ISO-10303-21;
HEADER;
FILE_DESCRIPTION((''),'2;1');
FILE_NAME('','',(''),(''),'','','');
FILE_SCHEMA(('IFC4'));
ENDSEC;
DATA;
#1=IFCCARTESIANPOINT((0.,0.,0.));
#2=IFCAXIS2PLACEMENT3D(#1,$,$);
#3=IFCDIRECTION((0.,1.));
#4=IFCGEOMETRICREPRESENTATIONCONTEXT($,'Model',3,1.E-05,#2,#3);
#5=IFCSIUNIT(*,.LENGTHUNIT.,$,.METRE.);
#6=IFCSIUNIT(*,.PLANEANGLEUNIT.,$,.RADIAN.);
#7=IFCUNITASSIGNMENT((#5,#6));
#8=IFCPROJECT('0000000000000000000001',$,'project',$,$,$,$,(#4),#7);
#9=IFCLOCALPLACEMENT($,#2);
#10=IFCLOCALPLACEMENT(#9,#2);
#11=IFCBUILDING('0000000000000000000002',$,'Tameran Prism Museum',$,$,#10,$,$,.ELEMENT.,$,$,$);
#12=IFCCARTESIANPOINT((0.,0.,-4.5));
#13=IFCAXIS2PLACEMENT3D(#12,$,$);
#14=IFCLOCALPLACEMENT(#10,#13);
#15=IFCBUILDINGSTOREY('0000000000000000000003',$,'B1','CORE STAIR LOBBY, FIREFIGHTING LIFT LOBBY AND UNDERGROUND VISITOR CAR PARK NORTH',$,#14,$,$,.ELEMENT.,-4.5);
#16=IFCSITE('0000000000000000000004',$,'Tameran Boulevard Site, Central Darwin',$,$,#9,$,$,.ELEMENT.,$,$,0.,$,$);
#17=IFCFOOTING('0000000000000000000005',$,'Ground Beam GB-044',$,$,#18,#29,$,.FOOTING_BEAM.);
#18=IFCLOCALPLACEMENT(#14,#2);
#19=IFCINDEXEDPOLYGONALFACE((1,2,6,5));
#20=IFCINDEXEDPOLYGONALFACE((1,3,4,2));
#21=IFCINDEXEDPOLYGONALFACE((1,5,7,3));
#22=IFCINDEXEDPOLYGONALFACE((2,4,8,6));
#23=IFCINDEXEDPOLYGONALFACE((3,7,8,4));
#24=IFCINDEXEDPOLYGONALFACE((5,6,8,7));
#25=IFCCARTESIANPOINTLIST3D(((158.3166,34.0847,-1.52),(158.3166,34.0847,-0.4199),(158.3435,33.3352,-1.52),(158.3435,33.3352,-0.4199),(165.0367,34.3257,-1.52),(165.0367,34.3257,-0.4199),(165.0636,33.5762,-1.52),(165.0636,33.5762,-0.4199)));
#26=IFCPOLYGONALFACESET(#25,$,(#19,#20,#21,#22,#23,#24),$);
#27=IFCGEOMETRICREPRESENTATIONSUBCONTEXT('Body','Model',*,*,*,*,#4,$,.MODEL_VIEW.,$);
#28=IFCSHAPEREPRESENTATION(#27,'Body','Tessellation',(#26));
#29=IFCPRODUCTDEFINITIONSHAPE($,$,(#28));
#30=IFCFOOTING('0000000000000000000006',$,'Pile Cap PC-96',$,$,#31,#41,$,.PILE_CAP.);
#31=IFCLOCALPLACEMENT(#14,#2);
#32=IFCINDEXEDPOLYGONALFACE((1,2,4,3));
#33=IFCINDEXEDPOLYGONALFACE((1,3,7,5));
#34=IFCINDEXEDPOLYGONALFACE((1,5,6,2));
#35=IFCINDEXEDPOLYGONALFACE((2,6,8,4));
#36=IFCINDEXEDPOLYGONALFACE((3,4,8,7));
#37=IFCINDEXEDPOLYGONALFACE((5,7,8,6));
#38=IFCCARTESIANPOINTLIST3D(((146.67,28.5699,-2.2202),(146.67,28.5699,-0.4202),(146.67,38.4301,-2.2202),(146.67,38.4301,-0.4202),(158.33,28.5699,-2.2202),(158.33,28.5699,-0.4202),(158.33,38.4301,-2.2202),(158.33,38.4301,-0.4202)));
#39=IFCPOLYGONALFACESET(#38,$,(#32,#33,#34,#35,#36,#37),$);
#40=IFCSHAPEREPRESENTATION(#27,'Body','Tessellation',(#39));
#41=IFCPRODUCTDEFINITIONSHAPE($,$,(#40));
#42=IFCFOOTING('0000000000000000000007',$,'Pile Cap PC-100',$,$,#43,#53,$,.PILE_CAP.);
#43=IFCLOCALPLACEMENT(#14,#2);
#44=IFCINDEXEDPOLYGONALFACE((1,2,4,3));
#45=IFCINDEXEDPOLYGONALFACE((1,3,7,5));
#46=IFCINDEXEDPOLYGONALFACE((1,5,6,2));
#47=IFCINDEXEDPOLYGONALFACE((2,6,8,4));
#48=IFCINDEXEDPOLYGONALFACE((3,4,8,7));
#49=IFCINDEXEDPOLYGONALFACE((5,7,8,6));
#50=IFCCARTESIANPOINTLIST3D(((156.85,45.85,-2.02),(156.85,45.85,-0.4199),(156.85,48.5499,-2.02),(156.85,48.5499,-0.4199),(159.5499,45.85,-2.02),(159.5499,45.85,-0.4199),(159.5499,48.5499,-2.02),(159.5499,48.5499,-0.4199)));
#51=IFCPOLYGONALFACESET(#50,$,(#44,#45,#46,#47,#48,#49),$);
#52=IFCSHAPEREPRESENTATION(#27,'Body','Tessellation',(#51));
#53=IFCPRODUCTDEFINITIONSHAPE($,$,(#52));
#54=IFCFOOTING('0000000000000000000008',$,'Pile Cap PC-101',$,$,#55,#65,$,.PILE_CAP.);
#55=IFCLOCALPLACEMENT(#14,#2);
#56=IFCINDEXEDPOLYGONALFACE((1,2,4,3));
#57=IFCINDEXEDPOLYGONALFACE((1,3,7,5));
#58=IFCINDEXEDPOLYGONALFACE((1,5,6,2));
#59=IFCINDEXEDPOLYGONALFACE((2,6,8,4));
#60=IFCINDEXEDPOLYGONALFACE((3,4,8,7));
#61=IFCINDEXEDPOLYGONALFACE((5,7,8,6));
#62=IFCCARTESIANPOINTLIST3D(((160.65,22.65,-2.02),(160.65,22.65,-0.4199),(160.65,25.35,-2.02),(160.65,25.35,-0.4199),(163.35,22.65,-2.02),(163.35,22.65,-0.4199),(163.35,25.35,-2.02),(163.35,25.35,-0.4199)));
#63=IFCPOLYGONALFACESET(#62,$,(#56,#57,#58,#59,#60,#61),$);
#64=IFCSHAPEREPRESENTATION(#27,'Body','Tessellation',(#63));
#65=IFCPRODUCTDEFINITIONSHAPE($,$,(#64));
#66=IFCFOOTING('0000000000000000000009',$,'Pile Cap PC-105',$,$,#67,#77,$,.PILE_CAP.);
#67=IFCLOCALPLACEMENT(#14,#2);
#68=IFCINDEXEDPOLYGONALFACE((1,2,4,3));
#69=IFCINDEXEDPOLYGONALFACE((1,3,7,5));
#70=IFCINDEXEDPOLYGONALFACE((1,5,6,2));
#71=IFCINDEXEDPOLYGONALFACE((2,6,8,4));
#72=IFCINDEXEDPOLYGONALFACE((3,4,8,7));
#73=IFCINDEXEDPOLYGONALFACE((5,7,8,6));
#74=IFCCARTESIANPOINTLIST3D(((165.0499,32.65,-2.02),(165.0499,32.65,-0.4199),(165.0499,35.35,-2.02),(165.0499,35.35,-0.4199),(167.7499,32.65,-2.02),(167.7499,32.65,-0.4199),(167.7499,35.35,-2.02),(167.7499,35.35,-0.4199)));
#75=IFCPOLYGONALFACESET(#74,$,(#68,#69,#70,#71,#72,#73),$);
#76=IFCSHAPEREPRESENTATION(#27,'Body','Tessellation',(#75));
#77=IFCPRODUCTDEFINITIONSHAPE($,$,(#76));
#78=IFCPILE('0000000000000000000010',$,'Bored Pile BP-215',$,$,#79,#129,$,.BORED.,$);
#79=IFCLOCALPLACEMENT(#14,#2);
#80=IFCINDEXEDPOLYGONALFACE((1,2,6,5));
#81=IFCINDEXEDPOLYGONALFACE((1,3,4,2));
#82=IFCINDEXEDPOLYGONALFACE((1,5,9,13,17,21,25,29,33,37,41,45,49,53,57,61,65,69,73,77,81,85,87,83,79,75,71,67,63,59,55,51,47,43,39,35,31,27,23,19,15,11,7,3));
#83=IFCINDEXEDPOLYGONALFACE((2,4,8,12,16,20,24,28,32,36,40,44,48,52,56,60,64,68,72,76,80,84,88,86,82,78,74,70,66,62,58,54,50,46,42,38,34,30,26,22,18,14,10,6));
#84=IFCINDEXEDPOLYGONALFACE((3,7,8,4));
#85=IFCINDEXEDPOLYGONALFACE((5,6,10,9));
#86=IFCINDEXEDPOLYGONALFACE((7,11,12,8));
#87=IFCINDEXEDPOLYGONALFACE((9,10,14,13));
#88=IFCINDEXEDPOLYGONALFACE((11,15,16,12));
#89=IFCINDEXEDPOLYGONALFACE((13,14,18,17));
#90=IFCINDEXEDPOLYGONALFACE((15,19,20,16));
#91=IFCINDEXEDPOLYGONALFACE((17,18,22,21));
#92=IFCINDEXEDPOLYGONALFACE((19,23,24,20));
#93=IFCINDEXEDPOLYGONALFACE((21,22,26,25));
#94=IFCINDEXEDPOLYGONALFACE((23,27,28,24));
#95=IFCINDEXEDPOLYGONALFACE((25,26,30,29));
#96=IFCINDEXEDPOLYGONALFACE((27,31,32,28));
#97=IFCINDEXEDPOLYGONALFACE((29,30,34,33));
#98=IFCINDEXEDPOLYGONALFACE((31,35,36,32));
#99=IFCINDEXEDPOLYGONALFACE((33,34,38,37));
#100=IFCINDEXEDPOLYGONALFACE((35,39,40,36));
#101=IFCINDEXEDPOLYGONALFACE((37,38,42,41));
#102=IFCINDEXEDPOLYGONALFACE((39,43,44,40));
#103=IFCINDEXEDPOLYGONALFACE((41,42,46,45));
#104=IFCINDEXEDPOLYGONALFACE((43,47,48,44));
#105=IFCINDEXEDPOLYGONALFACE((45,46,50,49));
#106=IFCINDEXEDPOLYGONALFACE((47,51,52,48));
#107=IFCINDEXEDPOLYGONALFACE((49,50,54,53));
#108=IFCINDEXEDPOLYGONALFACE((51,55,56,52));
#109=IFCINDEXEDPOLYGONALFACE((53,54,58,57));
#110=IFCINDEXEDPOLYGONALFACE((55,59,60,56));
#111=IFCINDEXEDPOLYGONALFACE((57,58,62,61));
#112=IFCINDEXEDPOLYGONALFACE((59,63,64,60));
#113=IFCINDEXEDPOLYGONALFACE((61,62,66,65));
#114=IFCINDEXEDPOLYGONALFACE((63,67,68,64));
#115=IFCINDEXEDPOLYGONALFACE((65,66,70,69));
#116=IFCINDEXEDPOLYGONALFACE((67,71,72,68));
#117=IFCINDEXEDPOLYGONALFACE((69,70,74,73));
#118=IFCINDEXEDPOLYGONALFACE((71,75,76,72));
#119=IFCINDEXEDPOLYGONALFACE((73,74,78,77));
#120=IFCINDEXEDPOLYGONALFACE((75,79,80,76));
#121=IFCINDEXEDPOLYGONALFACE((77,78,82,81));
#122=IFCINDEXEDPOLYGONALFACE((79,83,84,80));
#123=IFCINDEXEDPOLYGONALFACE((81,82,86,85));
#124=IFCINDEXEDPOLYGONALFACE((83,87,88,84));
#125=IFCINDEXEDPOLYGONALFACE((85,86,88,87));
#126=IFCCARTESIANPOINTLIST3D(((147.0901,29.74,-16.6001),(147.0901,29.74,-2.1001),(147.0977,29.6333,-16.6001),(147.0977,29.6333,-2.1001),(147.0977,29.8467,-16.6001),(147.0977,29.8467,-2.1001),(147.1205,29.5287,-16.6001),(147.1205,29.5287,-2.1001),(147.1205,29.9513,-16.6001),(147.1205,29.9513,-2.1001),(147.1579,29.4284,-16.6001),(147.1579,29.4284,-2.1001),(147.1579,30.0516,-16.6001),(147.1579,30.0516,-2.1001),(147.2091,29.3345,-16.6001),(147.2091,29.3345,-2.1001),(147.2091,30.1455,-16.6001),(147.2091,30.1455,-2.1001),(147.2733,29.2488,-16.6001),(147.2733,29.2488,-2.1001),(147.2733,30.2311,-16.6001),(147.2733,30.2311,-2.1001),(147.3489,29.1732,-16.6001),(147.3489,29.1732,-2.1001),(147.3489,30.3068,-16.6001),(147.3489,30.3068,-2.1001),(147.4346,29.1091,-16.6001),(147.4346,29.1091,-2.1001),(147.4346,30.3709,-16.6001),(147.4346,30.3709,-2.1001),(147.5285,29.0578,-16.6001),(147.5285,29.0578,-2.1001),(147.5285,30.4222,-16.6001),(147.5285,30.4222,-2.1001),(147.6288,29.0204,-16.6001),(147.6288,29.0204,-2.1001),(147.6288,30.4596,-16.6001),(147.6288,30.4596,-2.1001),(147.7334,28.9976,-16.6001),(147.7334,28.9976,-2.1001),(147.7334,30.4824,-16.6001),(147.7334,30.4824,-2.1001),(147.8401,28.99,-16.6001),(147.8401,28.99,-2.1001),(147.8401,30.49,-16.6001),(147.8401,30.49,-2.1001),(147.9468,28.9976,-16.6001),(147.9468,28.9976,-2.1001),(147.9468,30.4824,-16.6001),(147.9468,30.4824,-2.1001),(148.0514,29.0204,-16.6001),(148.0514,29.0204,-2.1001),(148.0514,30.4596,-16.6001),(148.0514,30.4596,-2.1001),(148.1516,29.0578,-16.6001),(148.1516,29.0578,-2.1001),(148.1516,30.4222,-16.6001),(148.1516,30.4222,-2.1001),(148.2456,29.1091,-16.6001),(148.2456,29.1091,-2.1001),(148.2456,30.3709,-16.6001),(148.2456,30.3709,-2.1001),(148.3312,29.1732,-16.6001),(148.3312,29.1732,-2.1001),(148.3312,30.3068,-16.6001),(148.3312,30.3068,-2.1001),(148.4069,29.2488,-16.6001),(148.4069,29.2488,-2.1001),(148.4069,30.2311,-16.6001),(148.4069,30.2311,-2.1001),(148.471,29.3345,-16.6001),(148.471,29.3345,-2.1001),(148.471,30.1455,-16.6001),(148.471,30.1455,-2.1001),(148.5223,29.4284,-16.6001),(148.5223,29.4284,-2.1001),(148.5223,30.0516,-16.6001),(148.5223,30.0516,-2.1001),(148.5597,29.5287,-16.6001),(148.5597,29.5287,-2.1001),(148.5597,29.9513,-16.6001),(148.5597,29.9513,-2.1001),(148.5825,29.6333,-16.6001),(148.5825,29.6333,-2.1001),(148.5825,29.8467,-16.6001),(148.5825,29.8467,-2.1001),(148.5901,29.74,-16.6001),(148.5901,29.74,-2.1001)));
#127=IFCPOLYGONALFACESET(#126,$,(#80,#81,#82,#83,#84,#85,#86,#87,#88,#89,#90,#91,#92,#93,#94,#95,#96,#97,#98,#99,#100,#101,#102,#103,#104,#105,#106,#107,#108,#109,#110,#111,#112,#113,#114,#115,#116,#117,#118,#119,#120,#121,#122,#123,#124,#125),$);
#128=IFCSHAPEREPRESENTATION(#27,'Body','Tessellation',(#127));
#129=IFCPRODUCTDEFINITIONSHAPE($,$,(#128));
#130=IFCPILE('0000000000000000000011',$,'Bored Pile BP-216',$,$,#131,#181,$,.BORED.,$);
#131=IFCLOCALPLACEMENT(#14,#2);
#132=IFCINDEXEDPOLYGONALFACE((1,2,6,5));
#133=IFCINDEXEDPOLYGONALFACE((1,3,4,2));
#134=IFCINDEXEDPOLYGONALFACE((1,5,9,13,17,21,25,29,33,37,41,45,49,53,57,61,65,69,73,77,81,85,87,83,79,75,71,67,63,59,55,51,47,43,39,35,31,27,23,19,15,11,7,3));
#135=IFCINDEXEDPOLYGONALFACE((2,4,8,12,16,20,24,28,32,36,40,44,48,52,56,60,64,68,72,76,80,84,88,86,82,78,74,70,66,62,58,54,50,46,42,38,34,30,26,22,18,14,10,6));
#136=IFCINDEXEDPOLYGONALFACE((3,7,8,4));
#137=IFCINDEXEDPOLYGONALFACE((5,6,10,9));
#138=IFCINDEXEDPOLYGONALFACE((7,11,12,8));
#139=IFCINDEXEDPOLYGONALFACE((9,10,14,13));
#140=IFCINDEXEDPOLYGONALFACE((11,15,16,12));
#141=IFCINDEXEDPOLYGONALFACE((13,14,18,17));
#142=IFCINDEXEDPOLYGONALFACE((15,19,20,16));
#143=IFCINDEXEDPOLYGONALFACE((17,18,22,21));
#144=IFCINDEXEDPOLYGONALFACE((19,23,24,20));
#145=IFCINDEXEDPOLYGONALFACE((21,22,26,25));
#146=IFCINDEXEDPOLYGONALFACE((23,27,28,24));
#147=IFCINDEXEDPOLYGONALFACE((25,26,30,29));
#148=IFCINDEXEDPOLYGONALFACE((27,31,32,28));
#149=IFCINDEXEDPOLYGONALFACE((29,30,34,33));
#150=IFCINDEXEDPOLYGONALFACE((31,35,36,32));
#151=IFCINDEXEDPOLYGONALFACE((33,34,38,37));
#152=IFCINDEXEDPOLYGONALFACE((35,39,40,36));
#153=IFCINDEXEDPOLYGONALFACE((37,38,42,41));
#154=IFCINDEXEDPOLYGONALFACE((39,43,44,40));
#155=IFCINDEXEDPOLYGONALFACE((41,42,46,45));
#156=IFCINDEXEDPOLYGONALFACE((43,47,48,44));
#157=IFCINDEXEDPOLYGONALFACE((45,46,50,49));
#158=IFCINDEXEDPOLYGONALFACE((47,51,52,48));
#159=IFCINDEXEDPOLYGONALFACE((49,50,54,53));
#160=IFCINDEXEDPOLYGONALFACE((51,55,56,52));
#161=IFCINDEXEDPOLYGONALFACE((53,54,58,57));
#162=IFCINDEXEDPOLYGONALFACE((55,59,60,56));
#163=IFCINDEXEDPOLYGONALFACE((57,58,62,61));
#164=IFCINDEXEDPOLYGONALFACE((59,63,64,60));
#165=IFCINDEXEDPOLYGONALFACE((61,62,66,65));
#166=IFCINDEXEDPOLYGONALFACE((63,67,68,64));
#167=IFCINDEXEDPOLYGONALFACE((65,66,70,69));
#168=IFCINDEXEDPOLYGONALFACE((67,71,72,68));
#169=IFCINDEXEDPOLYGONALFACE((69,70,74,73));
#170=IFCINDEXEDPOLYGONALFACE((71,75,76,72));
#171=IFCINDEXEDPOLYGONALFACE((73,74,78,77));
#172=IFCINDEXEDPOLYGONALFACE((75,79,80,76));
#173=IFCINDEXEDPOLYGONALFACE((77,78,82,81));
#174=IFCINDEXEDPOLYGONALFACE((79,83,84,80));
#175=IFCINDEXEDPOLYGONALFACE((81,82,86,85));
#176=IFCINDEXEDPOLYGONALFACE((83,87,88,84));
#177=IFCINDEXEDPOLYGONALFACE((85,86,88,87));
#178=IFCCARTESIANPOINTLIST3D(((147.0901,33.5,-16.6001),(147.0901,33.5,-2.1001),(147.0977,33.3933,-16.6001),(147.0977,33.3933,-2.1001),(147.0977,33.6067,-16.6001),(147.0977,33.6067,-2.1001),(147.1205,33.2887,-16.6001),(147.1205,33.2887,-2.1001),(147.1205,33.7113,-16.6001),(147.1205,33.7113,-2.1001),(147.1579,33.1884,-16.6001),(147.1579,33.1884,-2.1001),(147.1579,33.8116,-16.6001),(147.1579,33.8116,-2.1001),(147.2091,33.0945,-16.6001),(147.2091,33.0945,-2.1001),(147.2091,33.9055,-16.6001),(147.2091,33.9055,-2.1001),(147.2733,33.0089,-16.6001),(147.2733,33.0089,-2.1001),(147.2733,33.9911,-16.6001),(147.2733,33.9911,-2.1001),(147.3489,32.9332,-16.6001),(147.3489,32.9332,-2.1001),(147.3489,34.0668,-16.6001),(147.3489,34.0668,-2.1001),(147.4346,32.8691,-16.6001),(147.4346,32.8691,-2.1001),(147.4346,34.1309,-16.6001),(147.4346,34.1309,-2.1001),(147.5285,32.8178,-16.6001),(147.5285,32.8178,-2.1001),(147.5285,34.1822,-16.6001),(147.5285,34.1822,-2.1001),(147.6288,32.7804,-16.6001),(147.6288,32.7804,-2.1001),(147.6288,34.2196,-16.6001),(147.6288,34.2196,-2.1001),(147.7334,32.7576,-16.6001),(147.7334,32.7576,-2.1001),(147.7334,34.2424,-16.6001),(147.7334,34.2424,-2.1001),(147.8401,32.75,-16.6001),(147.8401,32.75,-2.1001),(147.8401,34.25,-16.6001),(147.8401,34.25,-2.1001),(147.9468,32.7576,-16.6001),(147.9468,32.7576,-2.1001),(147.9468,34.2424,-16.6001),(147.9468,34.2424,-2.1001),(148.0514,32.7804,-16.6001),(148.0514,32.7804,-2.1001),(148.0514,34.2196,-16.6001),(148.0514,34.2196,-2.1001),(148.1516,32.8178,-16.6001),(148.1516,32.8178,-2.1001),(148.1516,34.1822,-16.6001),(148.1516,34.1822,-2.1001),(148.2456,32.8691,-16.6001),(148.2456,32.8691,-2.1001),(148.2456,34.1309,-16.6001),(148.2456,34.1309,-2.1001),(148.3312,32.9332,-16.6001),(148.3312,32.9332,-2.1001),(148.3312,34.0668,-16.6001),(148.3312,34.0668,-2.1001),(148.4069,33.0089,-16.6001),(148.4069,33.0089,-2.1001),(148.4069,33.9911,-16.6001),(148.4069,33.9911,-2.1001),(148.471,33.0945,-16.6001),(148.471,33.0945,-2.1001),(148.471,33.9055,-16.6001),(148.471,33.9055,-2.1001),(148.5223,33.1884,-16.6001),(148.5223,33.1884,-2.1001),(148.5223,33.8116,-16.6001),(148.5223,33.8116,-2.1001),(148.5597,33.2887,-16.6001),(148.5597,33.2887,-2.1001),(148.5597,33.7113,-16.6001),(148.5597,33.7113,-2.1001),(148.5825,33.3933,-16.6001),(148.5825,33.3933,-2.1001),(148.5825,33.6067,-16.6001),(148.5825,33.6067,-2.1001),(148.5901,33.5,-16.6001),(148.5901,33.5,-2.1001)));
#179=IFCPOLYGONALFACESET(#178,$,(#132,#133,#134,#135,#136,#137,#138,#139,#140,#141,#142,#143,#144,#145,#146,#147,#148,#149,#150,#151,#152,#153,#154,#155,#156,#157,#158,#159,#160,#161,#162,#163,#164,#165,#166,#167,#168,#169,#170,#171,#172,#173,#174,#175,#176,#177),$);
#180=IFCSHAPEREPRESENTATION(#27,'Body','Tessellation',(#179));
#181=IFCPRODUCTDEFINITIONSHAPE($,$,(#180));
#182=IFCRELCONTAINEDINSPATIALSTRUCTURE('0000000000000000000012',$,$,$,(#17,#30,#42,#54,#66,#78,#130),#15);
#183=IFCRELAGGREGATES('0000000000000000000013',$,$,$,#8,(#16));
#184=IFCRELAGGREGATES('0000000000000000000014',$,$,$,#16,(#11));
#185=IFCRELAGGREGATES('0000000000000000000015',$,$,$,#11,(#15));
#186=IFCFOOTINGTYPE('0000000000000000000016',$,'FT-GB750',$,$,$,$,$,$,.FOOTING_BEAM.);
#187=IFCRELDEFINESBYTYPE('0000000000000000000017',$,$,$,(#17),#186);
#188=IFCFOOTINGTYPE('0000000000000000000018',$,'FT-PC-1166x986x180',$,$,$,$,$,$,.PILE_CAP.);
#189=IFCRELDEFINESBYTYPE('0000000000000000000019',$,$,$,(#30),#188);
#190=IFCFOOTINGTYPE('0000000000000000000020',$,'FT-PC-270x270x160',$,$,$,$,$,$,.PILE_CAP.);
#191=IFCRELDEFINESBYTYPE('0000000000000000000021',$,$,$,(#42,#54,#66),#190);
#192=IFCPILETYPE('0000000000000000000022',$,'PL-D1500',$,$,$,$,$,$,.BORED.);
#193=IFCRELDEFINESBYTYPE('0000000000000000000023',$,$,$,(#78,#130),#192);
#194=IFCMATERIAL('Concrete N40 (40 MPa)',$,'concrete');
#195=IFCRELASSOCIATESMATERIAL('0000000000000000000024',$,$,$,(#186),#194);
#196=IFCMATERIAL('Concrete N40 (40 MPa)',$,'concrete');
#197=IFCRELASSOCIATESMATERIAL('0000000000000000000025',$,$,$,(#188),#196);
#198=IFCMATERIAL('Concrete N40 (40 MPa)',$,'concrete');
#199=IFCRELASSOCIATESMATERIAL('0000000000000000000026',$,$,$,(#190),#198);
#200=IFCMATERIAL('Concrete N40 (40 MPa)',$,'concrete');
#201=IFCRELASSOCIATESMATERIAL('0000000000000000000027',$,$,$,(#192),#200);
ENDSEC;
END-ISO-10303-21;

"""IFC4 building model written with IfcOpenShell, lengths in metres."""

from ifc_helpers import new_model, si_unit, direction, frame, origin, origin_2d, place, context, subcontext, project, spatial, rectangle, circle, extrude, material, material_profile, profile_set, type_object, element, save


model = new_model("IFC4")

# Units and contexts
model_context = context("Model", 3, precision=1e-05, world=origin(), true_north=direction((0.0, 1.0)))
body_context = subcontext(model_context, "Body", "Model", "MODEL_VIEW")
ifc_project = project(units=[si_unit("LENGTHUNIT", "METRE"), si_unit("PLANEANGLEUNIT", "RADIAN")], contexts=[model_context])

# Site, building, storey
site_placement = place(None, origin())
site = spatial("IfcSite", under=ifc_project, at=site_placement, Name="Tameran Boulevard Site, Central Darwin", CompositionType="ELEMENT", RefElevation=0.0)
building_placement = place(site_placement, origin())
building = spatial("IfcBuilding", under=site, at=building_placement, Name="Tameran Prism Museum", CompositionType="ELEMENT")
storey_placement = place(building_placement, frame((0.0, 0.0, -4.5)))
storey = spatial("IfcBuildingStorey", under=building, at=storey_placement, Name="B1", Description="CORE STAIR LOBBY, FIREFIGHTING LIFT LOBBY AND UNDERGROUND VISITOR CAR PARK NORTH", CompositionType="ELEMENT", Elevation=-4.5)

# Footings
ifc_material_1 = material(Name="Concrete N40 (40 MPa)", Category="concrete")
ifc_material_profile_1 = material_profile(ifc_material_1, rectangle(XDim=0.75, YDim=1.1001, at=origin_2d()))
ifc_profile_set_1 = profile_set([ifc_material_profile_1])
footing_type_1 = type_object("IfcFootingType", Name="FT-GB750", PredefinedType="FOOTING_BEAM", material=ifc_profile_set_1)
footing_1_placement = place(storey_placement, frame((158.3301, 33.71, -0.97), z_axis=(0.999358, 0.035835, 0.0), x_axis=(-0.035835, 0.999358, 0.0)))
element("IfcFooting", 1, at=footing_1_placement, inside=storey, type_object=footing_type_1, Name="Ground Beam GB-044", PredefinedType="FOOTING_BEAM", context=body_context, shape_type="SweptSolid", body=[
    extrude(rectangle(XDim=0.75, YDim=1.1001, at=origin_2d()), origin(), (0.0, 0.0, 1.0), 6.7244),
])
ifc_material_2 = material(Name="Concrete N40 (40 MPa)", Category="concrete")
footing_type_2 = type_object("IfcFootingType", Name="FT-PC-1166x986x180", PredefinedType="PILE_CAP", material=ifc_material_2)
footing_2_placement = place(storey_placement, frame((152.5, 33.5, -2.2202), z_axis=(0.0, 0.0, 1.0), x_axis=(1.0, 0.0, 0.0)))
element("IfcFooting", 2, at=footing_2_placement, inside=storey, type_object=footing_type_2, Name="Pile Cap PC-96", PredefinedType="PILE_CAP", context=body_context, shape_type="SweptSolid", body=[
    extrude(rectangle(XDim=11.6599, YDim=9.8601, at=origin_2d()), origin(), (0.0, 0.0, 1.0), 1.8),
])
ifc_material_3 = material(Name="Concrete N40 (40 MPa)", Category="concrete")
footing_type_3 = type_object("IfcFootingType", Name="FT-PC-270x270x160", PredefinedType="PILE_CAP", material=ifc_material_3)
for number, where, z_axis, x_axis, name in (
    (3, (158.2, 47.2, -2.02), (0.0, 0.0, 1.0), (1.0, 0.0, 0.0), "Pile Cap PC-100"),
    (4, (162.0, 24.0, -2.02), (0.0, 0.0, 1.0), (1.0, 0.0, 0.0), "Pile Cap PC-101"),
    (5, (166.3999, 34.0, -2.02), (0.0, 0.0, 1.0), (1.0, 0.0, 0.0), "Pile Cap PC-105"),
):
    element("IfcFooting", number, at=place(storey_placement, frame(where, z_axis=z_axis, x_axis=x_axis)), inside=storey, type_object=footing_type_3, Name=name, PredefinedType="PILE_CAP", context=body_context, shape_type="SweptSolid", body=[
        extrude(rectangle(XDim=2.7, YDim=2.7, at=origin_2d()), origin(), (0.0, 0.0, 1.0), 1.6001),
    ])

# Piles
ifc_material_4 = material(Name="Concrete N40 (40 MPa)", Category="concrete")
ifc_material_profile_2 = material_profile(ifc_material_4, circle(Radius=0.75, at=origin_2d()))
ifc_profile_set_2 = profile_set([ifc_material_profile_2])
pile_type_1 = type_object("IfcPileType", Name="PL-D1500", PredefinedType="BORED", material=ifc_profile_set_2)
for number, where, z_axis, x_axis, name in (
    (6, (147.8401, 29.74, -2.1001), (0.0, 0.0, -1.0), (1.0, 0.0, 0.0), "Bored Pile BP-215"),
    (7, (147.8401, 33.5, -2.1001), (0.0, 0.0, -1.0), (1.0, 0.0, 0.0), "Bored Pile BP-216"),
):
    element("IfcPile", number, at=place(storey_placement, frame(where, z_axis=z_axis, x_axis=x_axis)), inside=storey, type_object=pile_type_1, Name=name, PredefinedType="BORED", context=body_context, shape_type="SweptSolid", body=[
        extrude(circle(Radius=0.75, at=origin_2d()), origin(), (0.0, 0.0, 1.0), 14.5),
    ])

save(model, "model.ifc")
